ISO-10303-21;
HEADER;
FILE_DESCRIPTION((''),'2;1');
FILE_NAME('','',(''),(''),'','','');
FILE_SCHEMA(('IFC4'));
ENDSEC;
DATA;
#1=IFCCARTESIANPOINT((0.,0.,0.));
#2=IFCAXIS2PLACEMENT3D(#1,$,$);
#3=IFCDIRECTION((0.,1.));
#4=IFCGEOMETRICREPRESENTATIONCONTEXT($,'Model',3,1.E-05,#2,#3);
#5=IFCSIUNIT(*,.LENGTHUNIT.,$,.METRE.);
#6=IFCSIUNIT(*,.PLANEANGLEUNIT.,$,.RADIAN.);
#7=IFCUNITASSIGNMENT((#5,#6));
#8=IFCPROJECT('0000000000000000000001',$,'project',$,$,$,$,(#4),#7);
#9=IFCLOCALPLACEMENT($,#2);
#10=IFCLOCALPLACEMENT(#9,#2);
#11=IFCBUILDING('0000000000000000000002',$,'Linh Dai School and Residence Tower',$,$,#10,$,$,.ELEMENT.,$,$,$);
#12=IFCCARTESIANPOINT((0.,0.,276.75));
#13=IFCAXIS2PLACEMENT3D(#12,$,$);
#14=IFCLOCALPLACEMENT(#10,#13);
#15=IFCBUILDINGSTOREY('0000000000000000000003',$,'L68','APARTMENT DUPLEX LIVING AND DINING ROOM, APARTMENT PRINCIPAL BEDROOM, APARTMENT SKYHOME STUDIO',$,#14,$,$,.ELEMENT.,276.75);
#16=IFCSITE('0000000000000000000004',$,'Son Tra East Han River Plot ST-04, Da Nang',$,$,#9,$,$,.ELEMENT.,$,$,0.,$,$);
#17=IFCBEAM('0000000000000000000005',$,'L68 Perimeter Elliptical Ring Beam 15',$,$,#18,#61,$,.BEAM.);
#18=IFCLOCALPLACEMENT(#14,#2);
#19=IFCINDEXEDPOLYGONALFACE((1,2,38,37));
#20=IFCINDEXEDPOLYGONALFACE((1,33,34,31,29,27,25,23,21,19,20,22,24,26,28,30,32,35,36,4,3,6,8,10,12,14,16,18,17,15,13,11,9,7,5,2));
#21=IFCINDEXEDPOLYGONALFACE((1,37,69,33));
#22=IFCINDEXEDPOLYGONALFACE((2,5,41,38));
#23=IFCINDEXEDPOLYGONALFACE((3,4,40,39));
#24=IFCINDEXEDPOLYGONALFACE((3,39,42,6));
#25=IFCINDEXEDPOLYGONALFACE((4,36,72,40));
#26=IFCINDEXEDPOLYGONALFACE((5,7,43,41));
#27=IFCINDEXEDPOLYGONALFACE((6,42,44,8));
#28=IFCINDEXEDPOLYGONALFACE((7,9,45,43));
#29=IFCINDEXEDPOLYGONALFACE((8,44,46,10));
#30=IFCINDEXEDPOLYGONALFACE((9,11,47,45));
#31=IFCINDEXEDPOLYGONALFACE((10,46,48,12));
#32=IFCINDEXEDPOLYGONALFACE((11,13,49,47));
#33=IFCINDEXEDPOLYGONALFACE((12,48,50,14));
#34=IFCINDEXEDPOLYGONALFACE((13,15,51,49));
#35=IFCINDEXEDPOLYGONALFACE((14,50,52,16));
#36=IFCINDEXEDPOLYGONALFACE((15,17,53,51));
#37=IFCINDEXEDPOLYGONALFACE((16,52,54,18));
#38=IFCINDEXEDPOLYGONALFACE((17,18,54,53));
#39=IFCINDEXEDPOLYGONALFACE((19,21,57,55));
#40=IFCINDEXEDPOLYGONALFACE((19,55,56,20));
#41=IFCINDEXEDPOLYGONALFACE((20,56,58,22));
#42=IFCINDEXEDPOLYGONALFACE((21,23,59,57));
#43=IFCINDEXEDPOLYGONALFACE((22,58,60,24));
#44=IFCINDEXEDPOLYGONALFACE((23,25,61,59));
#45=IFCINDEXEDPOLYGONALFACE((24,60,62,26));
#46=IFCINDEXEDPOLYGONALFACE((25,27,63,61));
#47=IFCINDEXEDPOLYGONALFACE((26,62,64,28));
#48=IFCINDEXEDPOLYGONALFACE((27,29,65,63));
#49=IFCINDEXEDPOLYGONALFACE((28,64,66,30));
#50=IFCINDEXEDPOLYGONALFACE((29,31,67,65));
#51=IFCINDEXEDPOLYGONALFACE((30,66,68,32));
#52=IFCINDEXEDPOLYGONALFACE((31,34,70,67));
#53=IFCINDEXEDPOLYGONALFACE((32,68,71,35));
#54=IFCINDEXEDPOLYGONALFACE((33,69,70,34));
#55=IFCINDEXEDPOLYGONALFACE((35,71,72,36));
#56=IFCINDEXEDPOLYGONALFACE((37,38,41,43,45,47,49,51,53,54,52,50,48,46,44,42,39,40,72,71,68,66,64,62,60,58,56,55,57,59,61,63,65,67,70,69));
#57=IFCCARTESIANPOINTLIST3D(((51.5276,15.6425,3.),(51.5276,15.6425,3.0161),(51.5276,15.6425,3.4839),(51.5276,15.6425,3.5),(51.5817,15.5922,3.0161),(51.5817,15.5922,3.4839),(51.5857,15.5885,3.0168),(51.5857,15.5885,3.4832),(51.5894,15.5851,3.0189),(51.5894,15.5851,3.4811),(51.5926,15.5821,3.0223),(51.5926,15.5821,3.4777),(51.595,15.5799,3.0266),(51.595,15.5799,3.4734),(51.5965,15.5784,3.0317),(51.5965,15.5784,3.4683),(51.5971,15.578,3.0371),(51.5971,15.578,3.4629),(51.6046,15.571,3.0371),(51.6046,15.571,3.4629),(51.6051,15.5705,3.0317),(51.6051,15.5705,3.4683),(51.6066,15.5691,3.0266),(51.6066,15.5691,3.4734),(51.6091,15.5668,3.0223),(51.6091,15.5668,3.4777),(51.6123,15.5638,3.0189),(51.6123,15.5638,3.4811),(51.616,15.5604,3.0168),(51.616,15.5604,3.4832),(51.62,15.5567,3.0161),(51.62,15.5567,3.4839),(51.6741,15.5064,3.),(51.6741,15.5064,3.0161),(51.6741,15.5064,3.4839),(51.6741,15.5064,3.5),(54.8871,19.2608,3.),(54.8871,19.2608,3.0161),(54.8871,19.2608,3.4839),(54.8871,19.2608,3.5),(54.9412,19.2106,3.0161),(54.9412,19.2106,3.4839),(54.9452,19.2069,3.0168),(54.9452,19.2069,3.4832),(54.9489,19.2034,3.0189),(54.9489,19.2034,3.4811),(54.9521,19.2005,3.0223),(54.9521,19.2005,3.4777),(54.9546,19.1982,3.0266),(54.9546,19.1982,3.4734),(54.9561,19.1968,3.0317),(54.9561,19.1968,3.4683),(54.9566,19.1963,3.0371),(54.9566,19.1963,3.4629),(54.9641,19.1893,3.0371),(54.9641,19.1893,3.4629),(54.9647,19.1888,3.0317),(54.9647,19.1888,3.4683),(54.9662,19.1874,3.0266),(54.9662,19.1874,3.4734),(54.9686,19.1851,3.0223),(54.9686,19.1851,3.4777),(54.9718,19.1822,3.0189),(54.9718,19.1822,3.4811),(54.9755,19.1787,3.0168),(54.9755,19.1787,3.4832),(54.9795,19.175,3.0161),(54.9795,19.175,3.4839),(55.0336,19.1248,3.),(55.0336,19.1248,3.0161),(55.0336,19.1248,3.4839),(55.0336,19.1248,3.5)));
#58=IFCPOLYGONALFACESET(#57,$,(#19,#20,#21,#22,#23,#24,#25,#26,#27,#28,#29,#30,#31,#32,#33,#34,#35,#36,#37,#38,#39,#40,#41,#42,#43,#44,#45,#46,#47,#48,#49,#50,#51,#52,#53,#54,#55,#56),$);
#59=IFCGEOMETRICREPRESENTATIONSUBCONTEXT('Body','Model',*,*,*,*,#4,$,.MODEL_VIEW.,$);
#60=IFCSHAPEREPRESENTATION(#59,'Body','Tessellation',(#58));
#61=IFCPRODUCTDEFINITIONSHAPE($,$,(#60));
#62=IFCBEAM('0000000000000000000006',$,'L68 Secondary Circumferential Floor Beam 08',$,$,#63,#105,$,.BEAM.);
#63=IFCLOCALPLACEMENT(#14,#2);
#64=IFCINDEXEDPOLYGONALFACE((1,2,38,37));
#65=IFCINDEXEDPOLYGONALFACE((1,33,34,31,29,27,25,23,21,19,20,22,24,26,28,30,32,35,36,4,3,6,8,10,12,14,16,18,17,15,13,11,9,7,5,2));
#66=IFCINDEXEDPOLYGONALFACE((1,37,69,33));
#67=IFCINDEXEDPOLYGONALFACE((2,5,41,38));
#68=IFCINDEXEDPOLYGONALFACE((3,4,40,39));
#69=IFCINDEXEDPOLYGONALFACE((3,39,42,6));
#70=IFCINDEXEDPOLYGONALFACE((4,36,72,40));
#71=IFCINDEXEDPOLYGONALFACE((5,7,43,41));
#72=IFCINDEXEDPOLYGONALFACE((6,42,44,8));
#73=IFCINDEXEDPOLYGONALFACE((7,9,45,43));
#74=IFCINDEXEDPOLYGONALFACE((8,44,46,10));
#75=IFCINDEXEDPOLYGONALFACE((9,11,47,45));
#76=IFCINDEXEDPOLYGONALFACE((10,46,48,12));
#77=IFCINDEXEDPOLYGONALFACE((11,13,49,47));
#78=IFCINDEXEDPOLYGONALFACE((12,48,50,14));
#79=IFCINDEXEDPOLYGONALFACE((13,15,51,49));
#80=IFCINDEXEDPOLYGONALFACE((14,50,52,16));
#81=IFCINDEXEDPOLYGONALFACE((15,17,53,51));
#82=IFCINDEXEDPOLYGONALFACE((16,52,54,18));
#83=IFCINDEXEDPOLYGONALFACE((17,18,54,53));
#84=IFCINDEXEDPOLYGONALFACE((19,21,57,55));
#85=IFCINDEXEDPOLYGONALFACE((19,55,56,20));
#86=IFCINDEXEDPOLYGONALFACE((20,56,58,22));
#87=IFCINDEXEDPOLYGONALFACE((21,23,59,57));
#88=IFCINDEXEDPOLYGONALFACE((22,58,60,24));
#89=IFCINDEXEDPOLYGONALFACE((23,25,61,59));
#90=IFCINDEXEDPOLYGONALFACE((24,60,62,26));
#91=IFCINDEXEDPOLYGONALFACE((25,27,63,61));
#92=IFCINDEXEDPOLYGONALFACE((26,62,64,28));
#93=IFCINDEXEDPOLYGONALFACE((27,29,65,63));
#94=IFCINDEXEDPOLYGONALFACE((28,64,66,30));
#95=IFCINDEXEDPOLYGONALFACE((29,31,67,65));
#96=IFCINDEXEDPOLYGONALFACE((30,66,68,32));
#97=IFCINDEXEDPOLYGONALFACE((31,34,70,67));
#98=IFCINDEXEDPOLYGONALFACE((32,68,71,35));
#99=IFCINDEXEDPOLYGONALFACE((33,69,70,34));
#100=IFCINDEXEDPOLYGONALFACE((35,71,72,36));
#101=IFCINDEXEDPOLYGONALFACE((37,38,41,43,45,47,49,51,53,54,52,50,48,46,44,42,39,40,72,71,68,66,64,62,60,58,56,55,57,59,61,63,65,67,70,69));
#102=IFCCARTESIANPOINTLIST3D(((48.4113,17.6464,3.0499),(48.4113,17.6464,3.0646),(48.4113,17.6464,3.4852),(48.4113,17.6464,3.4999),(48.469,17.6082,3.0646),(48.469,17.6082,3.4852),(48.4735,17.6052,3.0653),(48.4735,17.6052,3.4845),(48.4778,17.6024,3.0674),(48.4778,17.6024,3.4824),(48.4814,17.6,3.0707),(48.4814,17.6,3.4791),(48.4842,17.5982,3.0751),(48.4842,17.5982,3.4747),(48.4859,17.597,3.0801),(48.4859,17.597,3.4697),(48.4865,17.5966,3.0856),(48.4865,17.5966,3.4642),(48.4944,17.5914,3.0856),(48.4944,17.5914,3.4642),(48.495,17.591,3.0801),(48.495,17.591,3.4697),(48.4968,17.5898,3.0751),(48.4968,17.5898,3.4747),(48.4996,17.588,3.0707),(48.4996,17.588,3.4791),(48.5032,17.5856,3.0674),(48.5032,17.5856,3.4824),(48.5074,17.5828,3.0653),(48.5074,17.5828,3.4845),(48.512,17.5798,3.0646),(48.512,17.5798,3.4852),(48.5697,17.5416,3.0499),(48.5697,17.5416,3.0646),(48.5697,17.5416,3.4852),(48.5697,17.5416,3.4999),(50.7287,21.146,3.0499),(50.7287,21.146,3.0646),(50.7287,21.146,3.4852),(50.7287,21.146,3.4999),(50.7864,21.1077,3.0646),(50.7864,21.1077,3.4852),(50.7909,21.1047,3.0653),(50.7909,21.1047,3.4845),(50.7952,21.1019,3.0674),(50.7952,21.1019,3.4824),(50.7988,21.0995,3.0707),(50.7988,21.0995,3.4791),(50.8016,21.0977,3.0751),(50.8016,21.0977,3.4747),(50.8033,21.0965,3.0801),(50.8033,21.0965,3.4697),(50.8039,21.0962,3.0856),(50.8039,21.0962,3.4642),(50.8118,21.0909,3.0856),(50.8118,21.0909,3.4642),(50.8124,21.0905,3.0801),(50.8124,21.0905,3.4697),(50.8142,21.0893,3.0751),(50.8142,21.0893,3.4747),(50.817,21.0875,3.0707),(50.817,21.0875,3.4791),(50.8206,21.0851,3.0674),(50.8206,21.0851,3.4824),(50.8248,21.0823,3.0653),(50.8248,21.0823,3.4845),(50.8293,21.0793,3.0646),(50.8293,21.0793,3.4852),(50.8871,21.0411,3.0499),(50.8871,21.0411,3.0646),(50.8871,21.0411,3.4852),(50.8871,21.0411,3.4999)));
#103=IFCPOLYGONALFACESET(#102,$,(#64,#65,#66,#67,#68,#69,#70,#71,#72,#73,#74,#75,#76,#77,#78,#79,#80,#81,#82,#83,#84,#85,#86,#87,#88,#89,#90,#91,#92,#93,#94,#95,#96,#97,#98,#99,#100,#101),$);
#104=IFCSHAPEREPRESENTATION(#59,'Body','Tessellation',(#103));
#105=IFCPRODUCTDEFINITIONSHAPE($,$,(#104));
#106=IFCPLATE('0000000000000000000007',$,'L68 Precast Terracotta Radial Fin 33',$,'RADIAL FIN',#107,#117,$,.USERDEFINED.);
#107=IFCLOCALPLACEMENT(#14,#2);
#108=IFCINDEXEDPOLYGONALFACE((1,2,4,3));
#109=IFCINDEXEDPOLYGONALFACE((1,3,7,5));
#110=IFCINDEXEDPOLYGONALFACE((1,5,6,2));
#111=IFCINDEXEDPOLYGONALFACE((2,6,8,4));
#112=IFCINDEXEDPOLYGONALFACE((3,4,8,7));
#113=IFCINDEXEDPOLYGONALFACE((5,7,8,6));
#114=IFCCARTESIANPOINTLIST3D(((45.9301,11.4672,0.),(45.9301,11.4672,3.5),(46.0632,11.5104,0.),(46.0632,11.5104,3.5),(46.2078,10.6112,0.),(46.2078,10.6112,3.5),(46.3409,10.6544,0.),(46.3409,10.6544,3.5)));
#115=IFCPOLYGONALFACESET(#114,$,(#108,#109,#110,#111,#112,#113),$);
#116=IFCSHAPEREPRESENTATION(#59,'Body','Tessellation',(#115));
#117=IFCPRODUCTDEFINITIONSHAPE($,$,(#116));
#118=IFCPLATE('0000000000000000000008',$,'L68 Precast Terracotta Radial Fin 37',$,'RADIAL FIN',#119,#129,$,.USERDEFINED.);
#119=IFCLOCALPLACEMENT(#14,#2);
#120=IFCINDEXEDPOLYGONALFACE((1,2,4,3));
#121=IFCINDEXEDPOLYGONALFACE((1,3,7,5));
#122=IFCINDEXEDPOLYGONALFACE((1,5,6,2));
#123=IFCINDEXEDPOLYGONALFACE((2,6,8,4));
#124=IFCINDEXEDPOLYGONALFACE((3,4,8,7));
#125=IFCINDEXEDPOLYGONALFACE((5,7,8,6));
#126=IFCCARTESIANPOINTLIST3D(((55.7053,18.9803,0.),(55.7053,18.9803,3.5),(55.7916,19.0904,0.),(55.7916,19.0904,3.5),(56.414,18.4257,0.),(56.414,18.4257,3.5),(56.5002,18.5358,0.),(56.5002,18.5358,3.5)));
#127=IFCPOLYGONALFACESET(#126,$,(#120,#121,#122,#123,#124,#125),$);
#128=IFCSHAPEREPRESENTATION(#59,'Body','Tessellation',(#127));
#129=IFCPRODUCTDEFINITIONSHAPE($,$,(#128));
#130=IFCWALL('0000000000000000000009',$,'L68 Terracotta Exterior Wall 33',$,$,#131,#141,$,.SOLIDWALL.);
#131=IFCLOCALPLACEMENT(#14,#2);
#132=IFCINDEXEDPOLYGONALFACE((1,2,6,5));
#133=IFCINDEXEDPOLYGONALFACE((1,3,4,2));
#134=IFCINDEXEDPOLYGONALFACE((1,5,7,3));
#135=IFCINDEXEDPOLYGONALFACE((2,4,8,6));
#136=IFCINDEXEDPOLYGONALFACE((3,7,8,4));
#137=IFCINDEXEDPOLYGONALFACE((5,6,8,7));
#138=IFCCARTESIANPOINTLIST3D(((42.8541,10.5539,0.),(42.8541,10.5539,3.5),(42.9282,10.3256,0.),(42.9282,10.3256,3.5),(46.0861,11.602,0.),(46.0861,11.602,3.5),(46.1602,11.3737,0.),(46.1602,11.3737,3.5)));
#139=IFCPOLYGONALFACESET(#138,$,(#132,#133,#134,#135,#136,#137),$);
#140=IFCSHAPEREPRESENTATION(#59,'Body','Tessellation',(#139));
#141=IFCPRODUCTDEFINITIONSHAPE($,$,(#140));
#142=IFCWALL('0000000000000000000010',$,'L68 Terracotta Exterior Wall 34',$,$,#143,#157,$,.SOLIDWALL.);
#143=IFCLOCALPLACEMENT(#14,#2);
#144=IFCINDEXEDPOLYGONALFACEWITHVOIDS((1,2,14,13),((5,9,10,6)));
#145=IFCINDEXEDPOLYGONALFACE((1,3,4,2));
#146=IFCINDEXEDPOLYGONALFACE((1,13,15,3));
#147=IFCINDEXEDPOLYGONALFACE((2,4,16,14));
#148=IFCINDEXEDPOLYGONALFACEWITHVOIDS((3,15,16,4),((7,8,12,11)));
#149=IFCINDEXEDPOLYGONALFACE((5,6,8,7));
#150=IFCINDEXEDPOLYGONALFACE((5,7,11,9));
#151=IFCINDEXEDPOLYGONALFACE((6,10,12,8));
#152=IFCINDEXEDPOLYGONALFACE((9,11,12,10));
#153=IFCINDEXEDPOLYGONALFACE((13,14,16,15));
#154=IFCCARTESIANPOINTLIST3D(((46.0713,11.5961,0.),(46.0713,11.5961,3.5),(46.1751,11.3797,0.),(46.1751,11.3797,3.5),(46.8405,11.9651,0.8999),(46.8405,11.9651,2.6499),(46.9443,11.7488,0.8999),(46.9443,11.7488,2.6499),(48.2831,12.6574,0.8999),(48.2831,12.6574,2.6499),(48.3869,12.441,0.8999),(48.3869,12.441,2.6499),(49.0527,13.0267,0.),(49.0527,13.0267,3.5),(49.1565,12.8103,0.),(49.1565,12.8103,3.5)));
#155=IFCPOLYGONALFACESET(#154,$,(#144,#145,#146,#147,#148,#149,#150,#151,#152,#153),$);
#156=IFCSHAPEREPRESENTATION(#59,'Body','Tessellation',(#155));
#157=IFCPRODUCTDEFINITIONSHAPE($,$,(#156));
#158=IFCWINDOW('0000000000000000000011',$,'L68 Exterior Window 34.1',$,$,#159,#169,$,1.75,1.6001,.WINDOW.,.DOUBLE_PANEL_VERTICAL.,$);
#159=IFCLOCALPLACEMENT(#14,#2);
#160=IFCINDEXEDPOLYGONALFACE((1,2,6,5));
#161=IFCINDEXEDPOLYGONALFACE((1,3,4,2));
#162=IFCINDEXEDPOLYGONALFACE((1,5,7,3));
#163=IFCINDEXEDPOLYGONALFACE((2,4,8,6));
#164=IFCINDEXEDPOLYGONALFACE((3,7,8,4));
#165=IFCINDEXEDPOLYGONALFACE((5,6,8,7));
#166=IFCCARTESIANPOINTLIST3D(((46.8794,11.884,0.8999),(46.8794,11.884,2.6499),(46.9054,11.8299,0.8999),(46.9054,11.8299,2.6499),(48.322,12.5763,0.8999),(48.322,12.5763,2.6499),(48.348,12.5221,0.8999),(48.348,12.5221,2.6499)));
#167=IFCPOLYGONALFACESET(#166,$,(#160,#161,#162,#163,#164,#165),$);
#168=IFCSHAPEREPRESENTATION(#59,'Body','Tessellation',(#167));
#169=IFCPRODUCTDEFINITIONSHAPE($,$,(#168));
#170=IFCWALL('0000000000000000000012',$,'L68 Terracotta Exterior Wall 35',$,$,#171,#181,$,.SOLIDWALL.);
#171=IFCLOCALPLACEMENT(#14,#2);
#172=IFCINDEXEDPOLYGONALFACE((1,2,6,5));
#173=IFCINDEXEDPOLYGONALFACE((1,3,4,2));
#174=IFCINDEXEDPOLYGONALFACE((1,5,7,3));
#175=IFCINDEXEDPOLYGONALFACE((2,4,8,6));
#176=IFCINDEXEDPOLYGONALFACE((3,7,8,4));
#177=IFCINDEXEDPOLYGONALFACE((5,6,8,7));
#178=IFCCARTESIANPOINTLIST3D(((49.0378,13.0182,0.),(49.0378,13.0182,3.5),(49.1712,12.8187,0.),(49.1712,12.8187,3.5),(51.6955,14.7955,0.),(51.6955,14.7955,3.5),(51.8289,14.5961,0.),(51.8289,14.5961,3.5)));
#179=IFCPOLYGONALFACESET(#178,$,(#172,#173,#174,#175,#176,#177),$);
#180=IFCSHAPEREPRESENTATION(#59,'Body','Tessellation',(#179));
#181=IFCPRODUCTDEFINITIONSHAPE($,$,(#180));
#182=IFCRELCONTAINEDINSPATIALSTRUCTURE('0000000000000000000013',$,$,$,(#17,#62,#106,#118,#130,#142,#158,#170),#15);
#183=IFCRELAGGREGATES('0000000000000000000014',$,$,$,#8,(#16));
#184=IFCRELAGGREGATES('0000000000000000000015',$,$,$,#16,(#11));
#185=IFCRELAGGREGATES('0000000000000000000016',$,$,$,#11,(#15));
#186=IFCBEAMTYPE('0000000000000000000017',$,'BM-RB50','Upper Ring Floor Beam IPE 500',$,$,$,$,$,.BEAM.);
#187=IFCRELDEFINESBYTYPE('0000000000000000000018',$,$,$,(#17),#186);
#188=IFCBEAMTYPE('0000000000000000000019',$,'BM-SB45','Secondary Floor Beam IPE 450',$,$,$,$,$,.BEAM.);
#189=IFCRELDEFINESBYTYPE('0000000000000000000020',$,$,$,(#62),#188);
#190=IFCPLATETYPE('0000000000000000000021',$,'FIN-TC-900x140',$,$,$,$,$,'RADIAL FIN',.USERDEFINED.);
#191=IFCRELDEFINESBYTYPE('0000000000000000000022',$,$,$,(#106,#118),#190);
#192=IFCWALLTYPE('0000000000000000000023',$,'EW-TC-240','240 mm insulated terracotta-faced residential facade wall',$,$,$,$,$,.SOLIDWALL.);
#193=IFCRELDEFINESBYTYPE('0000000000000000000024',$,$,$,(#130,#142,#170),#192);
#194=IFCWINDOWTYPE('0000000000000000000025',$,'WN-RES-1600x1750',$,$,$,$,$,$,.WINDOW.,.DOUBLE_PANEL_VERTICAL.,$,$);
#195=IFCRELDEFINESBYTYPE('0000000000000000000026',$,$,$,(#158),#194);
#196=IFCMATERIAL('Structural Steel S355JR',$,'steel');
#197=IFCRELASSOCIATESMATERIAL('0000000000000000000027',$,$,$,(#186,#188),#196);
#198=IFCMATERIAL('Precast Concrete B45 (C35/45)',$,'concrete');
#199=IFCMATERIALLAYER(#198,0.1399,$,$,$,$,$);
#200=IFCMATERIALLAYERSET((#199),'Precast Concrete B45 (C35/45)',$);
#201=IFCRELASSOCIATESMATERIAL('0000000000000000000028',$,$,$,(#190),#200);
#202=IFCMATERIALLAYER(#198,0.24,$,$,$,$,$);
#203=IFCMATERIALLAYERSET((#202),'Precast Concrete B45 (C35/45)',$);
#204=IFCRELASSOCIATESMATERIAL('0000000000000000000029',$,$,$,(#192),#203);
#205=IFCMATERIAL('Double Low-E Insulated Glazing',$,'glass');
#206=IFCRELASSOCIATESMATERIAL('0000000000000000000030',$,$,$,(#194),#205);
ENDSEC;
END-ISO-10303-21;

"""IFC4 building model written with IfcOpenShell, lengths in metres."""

from ifc_helpers import new_model, si_unit, direction, frame, frame_2d, origin, origin_2d, place, context, subcontext, project, spatial, rectangle, i_section, extrude, source, transform, mapped, material, layer, layer_set, material_profile, profile_set, type_object, element, fill, save


model = new_model("IFC4")

# Units and contexts
model_context = context("Model", 3, precision=1e-05, world=origin(), true_north=direction((0.0, 1.0)))
body_context = subcontext(model_context, "Body", "Model", "MODEL_VIEW")
ifc_project = project(units=[si_unit("LENGTHUNIT", "METRE"), si_unit("PLANEANGLEUNIT", "RADIAN")], contexts=[model_context])

# Site, building, storey
site_placement = place(None, origin())
site = spatial("IfcSite", under=ifc_project, at=site_placement, Name="Son Tra East Han River Plot ST-04, Da Nang", CompositionType="ELEMENT", RefElevation=0.0)
building_placement = place(site_placement, origin())
building = spatial("IfcBuilding", under=site, at=building_placement, Name="Linh Dai School and Residence Tower", CompositionType="ELEMENT")
storey_placement = place(building_placement, frame((0.0, 0.0, 276.75)))
storey = spatial("IfcBuildingStorey", under=building, at=storey_placement, Name="L68", Description="APARTMENT DUPLEX LIVING AND DINING ROOM, APARTMENT PRINCIPAL BEDROOM, APARTMENT SKYHOME STUDIO", CompositionType="ELEMENT", Elevation=276.75)

# Shared definitions
ifc_material_1 = material(Name="Structural Steel S355JR", Category="steel")

# Beams
ifc_material_profile_1 = material_profile(ifc_material_1, i_section(OverallWidth=0.2, OverallDepth=0.5, WebThickness=0.0103, FlangeThickness=0.0161, FilletRadius=0.021, at=origin_2d()), Name="IPE 500")
ifc_profile_set_1 = profile_set([ifc_material_profile_1], Name="Structural Steel S355JR")
beam_type_1 = type_object("IfcBeamType", Name="BM-RB50", Description="Upper Ring Floor Beam IPE 500", PredefinedType="BEAM", material=ifc_profile_set_1)
beam_1_placement = place(storey_placement, frame((51.6008, 15.5745, 3.25), z_axis=(0.680415, 0.732827, 0.0), x_axis=(-0.732827, 0.680415, 0.0)))
element("IfcBeam", 1, at=beam_1_placement, inside=storey, type_object=beam_type_1, Name="L68 Perimeter Elliptical Ring Beam 15", PredefinedType="BEAM", context=body_context, shape_type="SweptSolid", body=[
    extrude(i_section(OverallWidth=0.2, OverallDepth=0.5, WebThickness=0.0103, FlangeThickness=0.0161, FilletRadius=0.021, at=origin_2d()), origin(), (0.0, 0.0, 1.0), 4.9375),
])
ifc_material_profile_2 = material_profile(ifc_material_1, i_section(OverallWidth=0.1899, OverallDepth=0.45, WebThickness=0.0095, FlangeThickness=0.0146, FilletRadius=0.021, at=origin_2d()), Name="IPE 450")
ifc_profile_set_2 = profile_set([ifc_material_profile_2], Name="Structural Steel S355JR")
beam_type_2 = type_object("IfcBeamType", Name="BM-SB45", Description="Secondary Floor Beam IPE 450", PredefinedType="BEAM", material=ifc_profile_set_2)
beam_2_placement = place(storey_placement, frame((48.4905, 17.594, 3.2749), z_axis=(0.55212, 0.833764, 0.0), x_axis=(-0.833764, 0.55212, 0.0)))
element("IfcBeam", 2, at=beam_2_placement, inside=storey, type_object=beam_type_2, Name="L68 Secondary Circumferential Floor Beam 08", PredefinedType="BEAM", context=body_context, shape_type="SweptSolid", body=[
    extrude(i_section(OverallWidth=0.1899, OverallDepth=0.45, WebThickness=0.0095, FlangeThickness=0.0146, FilletRadius=0.021, at=origin_2d()), origin(), (0.0, 0.0, 1.0), 4.1973),
])

# Plates
ifc_material_2 = material(Name="Precast Concrete B45 (C35/45)", Category="concrete")
ifc_layer_1 = layer(ifc_material_2, 0.1399)
ifc_layer_set_1 = layer_set([ifc_layer_1], Name="Precast Concrete B45 (C35/45)")
plate_type = type_object("IfcPlateType", Name="FIN-TC-900x140", ElementType="RADIAL FIN", PredefinedType="USERDEFINED", material=ifc_layer_set_1)
shared_shape_1 = source(origin(), body_context, "Body", "SweptSolid", [
    extrude(rectangle(XDim=0.8999, YDim=0.1399, at=origin_2d()), origin(), (0.0, 0.0, 1.0), 3.5),
])
for number, where, z_axis, x_axis, name in (
    (3, (46.1355, 11.0608, 0.0), (0.0, 0.0, 1.0), (0.308519, -0.951218, 0.0), "L68 Precast Terracotta Radial Fin 33"),
    (4, (56.1028, 18.7581, 0.0), (0.0, 0.0, 1.0), (0.787503, -0.616311, 0.0), "L68 Precast Terracotta Radial Fin 37"),
):
    element("IfcPlate", number, at=place(storey_placement, frame(where, z_axis=z_axis, x_axis=x_axis)), inside=storey, type_object=plate_type, Name=name, ObjectType="RADIAL FIN", PredefinedType="USERDEFINED", context=body_context, shape_type="MappedRepresentation", body=[
        mapped(shared_shape_1, transform((0.0, 0.0, 0.0), x_axis=(1.0, 0.0, 0.0), y_axis=(0.0, 1.0, 0.0), z_axis=(0.0, 0.0, 1.0), scale=1.0)),
    ])

# Wall
ifc_layer_2 = layer(ifc_material_2, 0.24)
ifc_layer_set_2 = layer_set([ifc_layer_2], Name="Precast Concrete B45 (C35/45)")
wall_type_1 = type_object("IfcWallType", Name="EW-TC-240", Description="240 mm insulated terracotta-faced residential facade wall", PredefinedType="SOLIDWALL", material=ifc_layer_set_2)
wall_1_placement = place(storey_placement, frame((46.123, 11.4878, 0.0), z_axis=(0.0, 0.0, 1.0), x_axis=(-0.951231, -0.308478, 0.0)))
element("IfcWall", 5, at=wall_1_placement, inside=storey, type_object=wall_type_1, Name="L68 Terracotta Exterior Wall 33", PredefinedType="SOLIDWALL", context=body_context, shape_type="SweptSolid", body=[
    extrude(rectangle(XDim=3.3977, YDim=0.24, at=frame_2d((1.6987, 0.0))), origin(), (0.0, 0.0, 1.0), 3.5),
])

# Wall, opening, window
wall_2_placement = place(storey_placement, frame((49.1045, 12.9185, 0.0), z_axis=(0.0, 0.0, 1.0), x_axis=(-0.901574, -0.432625, 0.0)))
wall_2 = element("IfcWall", 6, at=wall_2_placement, inside=storey, type_object=wall_type_1, Name="L68 Terracotta Exterior Wall 34", PredefinedType="SOLIDWALL", context=body_context, shape_type="SweptSolid", body=[
    extrude(rectangle(XDim=3.3069, YDim=0.24, at=frame_2d((1.6533, 0.0))), origin(), (0.0, 0.0, 1.0), 3.5),
])
opening_1_placement = place(wall_2_placement, frame((0.8535, 0.0, 0.8999)))
opening_1 = element("IfcOpeningElement", 7, at=opening_1_placement, cuts=wall_2, PredefinedType="OPENING", context=body_context, shape_type="SweptSolid", body=[
    extrude(rectangle(XDim=1.6001, YDim=1.75, at=origin_2d()), frame((0.8, 0.1299, 0.875), z_axis=(0.0, -1.0, 0.0), x_axis=(1.0, 0.0, 0.0)), (0.0, 0.0, 1.0), 0.26),
])
ifc_material_3 = material(Name="Double Low-E Insulated Glazing", Category="glass")
window_type = type_object("IfcWindowType", Name="WN-RES-1600x1750", PartitioningType="DOUBLE_PANEL_VERTICAL", PredefinedType="WINDOW", material=ifc_material_3)
shared_shape_2 = source(origin(), body_context, "Body", "SweptSolid", [
    extrude(rectangle(XDim=1.6001, YDim=1.75, at=origin_2d()), frame((0.8, 0.03, 0.875), z_axis=(0.0, -1.0, 0.0), x_axis=(1.0, 0.0, 0.0)), (0.0, 0.0, 1.0), 0.0601),
])
window_placement = place(opening_1_placement, origin())
window = element("IfcWindow", 8, at=window_placement, inside=storey, type_object=window_type, Name="L68 Exterior Window 34.1", OverallHeight=1.75, OverallWidth=1.6001, PartitioningType="DOUBLE_PANEL_VERTICAL", PredefinedType="WINDOW", context=body_context, shape_type="MappedRepresentation", body=[
    mapped(shared_shape_2, transform((0.0, 0.0, 0.0), x_axis=(1.0, 0.0, 0.0), y_axis=(0.0, 1.0, 0.0), z_axis=(0.0, 0.0, 1.0), scale=1.0)),
])
fill(opening_1, window)

# Wall
wall_3_placement = place(storey_placement, frame((51.7622, 14.6958, 0.0), z_axis=(0.0, 0.0, 1.0), x_axis=(-0.831251, -0.555898, 0.0)))
element("IfcWall", 9, at=wall_3_placement, inside=storey, type_object=wall_type_1, Name="L68 Terracotta Exterior Wall 35", PredefinedType="SOLIDWALL", context=body_context, shape_type="SweptSolid", body=[
    extrude(rectangle(XDim=3.1973, YDim=0.24, at=frame_2d((1.5986, 0.0))), origin(), (0.0, 0.0, 1.0), 3.5),
])

save(model, "model.ifc")
